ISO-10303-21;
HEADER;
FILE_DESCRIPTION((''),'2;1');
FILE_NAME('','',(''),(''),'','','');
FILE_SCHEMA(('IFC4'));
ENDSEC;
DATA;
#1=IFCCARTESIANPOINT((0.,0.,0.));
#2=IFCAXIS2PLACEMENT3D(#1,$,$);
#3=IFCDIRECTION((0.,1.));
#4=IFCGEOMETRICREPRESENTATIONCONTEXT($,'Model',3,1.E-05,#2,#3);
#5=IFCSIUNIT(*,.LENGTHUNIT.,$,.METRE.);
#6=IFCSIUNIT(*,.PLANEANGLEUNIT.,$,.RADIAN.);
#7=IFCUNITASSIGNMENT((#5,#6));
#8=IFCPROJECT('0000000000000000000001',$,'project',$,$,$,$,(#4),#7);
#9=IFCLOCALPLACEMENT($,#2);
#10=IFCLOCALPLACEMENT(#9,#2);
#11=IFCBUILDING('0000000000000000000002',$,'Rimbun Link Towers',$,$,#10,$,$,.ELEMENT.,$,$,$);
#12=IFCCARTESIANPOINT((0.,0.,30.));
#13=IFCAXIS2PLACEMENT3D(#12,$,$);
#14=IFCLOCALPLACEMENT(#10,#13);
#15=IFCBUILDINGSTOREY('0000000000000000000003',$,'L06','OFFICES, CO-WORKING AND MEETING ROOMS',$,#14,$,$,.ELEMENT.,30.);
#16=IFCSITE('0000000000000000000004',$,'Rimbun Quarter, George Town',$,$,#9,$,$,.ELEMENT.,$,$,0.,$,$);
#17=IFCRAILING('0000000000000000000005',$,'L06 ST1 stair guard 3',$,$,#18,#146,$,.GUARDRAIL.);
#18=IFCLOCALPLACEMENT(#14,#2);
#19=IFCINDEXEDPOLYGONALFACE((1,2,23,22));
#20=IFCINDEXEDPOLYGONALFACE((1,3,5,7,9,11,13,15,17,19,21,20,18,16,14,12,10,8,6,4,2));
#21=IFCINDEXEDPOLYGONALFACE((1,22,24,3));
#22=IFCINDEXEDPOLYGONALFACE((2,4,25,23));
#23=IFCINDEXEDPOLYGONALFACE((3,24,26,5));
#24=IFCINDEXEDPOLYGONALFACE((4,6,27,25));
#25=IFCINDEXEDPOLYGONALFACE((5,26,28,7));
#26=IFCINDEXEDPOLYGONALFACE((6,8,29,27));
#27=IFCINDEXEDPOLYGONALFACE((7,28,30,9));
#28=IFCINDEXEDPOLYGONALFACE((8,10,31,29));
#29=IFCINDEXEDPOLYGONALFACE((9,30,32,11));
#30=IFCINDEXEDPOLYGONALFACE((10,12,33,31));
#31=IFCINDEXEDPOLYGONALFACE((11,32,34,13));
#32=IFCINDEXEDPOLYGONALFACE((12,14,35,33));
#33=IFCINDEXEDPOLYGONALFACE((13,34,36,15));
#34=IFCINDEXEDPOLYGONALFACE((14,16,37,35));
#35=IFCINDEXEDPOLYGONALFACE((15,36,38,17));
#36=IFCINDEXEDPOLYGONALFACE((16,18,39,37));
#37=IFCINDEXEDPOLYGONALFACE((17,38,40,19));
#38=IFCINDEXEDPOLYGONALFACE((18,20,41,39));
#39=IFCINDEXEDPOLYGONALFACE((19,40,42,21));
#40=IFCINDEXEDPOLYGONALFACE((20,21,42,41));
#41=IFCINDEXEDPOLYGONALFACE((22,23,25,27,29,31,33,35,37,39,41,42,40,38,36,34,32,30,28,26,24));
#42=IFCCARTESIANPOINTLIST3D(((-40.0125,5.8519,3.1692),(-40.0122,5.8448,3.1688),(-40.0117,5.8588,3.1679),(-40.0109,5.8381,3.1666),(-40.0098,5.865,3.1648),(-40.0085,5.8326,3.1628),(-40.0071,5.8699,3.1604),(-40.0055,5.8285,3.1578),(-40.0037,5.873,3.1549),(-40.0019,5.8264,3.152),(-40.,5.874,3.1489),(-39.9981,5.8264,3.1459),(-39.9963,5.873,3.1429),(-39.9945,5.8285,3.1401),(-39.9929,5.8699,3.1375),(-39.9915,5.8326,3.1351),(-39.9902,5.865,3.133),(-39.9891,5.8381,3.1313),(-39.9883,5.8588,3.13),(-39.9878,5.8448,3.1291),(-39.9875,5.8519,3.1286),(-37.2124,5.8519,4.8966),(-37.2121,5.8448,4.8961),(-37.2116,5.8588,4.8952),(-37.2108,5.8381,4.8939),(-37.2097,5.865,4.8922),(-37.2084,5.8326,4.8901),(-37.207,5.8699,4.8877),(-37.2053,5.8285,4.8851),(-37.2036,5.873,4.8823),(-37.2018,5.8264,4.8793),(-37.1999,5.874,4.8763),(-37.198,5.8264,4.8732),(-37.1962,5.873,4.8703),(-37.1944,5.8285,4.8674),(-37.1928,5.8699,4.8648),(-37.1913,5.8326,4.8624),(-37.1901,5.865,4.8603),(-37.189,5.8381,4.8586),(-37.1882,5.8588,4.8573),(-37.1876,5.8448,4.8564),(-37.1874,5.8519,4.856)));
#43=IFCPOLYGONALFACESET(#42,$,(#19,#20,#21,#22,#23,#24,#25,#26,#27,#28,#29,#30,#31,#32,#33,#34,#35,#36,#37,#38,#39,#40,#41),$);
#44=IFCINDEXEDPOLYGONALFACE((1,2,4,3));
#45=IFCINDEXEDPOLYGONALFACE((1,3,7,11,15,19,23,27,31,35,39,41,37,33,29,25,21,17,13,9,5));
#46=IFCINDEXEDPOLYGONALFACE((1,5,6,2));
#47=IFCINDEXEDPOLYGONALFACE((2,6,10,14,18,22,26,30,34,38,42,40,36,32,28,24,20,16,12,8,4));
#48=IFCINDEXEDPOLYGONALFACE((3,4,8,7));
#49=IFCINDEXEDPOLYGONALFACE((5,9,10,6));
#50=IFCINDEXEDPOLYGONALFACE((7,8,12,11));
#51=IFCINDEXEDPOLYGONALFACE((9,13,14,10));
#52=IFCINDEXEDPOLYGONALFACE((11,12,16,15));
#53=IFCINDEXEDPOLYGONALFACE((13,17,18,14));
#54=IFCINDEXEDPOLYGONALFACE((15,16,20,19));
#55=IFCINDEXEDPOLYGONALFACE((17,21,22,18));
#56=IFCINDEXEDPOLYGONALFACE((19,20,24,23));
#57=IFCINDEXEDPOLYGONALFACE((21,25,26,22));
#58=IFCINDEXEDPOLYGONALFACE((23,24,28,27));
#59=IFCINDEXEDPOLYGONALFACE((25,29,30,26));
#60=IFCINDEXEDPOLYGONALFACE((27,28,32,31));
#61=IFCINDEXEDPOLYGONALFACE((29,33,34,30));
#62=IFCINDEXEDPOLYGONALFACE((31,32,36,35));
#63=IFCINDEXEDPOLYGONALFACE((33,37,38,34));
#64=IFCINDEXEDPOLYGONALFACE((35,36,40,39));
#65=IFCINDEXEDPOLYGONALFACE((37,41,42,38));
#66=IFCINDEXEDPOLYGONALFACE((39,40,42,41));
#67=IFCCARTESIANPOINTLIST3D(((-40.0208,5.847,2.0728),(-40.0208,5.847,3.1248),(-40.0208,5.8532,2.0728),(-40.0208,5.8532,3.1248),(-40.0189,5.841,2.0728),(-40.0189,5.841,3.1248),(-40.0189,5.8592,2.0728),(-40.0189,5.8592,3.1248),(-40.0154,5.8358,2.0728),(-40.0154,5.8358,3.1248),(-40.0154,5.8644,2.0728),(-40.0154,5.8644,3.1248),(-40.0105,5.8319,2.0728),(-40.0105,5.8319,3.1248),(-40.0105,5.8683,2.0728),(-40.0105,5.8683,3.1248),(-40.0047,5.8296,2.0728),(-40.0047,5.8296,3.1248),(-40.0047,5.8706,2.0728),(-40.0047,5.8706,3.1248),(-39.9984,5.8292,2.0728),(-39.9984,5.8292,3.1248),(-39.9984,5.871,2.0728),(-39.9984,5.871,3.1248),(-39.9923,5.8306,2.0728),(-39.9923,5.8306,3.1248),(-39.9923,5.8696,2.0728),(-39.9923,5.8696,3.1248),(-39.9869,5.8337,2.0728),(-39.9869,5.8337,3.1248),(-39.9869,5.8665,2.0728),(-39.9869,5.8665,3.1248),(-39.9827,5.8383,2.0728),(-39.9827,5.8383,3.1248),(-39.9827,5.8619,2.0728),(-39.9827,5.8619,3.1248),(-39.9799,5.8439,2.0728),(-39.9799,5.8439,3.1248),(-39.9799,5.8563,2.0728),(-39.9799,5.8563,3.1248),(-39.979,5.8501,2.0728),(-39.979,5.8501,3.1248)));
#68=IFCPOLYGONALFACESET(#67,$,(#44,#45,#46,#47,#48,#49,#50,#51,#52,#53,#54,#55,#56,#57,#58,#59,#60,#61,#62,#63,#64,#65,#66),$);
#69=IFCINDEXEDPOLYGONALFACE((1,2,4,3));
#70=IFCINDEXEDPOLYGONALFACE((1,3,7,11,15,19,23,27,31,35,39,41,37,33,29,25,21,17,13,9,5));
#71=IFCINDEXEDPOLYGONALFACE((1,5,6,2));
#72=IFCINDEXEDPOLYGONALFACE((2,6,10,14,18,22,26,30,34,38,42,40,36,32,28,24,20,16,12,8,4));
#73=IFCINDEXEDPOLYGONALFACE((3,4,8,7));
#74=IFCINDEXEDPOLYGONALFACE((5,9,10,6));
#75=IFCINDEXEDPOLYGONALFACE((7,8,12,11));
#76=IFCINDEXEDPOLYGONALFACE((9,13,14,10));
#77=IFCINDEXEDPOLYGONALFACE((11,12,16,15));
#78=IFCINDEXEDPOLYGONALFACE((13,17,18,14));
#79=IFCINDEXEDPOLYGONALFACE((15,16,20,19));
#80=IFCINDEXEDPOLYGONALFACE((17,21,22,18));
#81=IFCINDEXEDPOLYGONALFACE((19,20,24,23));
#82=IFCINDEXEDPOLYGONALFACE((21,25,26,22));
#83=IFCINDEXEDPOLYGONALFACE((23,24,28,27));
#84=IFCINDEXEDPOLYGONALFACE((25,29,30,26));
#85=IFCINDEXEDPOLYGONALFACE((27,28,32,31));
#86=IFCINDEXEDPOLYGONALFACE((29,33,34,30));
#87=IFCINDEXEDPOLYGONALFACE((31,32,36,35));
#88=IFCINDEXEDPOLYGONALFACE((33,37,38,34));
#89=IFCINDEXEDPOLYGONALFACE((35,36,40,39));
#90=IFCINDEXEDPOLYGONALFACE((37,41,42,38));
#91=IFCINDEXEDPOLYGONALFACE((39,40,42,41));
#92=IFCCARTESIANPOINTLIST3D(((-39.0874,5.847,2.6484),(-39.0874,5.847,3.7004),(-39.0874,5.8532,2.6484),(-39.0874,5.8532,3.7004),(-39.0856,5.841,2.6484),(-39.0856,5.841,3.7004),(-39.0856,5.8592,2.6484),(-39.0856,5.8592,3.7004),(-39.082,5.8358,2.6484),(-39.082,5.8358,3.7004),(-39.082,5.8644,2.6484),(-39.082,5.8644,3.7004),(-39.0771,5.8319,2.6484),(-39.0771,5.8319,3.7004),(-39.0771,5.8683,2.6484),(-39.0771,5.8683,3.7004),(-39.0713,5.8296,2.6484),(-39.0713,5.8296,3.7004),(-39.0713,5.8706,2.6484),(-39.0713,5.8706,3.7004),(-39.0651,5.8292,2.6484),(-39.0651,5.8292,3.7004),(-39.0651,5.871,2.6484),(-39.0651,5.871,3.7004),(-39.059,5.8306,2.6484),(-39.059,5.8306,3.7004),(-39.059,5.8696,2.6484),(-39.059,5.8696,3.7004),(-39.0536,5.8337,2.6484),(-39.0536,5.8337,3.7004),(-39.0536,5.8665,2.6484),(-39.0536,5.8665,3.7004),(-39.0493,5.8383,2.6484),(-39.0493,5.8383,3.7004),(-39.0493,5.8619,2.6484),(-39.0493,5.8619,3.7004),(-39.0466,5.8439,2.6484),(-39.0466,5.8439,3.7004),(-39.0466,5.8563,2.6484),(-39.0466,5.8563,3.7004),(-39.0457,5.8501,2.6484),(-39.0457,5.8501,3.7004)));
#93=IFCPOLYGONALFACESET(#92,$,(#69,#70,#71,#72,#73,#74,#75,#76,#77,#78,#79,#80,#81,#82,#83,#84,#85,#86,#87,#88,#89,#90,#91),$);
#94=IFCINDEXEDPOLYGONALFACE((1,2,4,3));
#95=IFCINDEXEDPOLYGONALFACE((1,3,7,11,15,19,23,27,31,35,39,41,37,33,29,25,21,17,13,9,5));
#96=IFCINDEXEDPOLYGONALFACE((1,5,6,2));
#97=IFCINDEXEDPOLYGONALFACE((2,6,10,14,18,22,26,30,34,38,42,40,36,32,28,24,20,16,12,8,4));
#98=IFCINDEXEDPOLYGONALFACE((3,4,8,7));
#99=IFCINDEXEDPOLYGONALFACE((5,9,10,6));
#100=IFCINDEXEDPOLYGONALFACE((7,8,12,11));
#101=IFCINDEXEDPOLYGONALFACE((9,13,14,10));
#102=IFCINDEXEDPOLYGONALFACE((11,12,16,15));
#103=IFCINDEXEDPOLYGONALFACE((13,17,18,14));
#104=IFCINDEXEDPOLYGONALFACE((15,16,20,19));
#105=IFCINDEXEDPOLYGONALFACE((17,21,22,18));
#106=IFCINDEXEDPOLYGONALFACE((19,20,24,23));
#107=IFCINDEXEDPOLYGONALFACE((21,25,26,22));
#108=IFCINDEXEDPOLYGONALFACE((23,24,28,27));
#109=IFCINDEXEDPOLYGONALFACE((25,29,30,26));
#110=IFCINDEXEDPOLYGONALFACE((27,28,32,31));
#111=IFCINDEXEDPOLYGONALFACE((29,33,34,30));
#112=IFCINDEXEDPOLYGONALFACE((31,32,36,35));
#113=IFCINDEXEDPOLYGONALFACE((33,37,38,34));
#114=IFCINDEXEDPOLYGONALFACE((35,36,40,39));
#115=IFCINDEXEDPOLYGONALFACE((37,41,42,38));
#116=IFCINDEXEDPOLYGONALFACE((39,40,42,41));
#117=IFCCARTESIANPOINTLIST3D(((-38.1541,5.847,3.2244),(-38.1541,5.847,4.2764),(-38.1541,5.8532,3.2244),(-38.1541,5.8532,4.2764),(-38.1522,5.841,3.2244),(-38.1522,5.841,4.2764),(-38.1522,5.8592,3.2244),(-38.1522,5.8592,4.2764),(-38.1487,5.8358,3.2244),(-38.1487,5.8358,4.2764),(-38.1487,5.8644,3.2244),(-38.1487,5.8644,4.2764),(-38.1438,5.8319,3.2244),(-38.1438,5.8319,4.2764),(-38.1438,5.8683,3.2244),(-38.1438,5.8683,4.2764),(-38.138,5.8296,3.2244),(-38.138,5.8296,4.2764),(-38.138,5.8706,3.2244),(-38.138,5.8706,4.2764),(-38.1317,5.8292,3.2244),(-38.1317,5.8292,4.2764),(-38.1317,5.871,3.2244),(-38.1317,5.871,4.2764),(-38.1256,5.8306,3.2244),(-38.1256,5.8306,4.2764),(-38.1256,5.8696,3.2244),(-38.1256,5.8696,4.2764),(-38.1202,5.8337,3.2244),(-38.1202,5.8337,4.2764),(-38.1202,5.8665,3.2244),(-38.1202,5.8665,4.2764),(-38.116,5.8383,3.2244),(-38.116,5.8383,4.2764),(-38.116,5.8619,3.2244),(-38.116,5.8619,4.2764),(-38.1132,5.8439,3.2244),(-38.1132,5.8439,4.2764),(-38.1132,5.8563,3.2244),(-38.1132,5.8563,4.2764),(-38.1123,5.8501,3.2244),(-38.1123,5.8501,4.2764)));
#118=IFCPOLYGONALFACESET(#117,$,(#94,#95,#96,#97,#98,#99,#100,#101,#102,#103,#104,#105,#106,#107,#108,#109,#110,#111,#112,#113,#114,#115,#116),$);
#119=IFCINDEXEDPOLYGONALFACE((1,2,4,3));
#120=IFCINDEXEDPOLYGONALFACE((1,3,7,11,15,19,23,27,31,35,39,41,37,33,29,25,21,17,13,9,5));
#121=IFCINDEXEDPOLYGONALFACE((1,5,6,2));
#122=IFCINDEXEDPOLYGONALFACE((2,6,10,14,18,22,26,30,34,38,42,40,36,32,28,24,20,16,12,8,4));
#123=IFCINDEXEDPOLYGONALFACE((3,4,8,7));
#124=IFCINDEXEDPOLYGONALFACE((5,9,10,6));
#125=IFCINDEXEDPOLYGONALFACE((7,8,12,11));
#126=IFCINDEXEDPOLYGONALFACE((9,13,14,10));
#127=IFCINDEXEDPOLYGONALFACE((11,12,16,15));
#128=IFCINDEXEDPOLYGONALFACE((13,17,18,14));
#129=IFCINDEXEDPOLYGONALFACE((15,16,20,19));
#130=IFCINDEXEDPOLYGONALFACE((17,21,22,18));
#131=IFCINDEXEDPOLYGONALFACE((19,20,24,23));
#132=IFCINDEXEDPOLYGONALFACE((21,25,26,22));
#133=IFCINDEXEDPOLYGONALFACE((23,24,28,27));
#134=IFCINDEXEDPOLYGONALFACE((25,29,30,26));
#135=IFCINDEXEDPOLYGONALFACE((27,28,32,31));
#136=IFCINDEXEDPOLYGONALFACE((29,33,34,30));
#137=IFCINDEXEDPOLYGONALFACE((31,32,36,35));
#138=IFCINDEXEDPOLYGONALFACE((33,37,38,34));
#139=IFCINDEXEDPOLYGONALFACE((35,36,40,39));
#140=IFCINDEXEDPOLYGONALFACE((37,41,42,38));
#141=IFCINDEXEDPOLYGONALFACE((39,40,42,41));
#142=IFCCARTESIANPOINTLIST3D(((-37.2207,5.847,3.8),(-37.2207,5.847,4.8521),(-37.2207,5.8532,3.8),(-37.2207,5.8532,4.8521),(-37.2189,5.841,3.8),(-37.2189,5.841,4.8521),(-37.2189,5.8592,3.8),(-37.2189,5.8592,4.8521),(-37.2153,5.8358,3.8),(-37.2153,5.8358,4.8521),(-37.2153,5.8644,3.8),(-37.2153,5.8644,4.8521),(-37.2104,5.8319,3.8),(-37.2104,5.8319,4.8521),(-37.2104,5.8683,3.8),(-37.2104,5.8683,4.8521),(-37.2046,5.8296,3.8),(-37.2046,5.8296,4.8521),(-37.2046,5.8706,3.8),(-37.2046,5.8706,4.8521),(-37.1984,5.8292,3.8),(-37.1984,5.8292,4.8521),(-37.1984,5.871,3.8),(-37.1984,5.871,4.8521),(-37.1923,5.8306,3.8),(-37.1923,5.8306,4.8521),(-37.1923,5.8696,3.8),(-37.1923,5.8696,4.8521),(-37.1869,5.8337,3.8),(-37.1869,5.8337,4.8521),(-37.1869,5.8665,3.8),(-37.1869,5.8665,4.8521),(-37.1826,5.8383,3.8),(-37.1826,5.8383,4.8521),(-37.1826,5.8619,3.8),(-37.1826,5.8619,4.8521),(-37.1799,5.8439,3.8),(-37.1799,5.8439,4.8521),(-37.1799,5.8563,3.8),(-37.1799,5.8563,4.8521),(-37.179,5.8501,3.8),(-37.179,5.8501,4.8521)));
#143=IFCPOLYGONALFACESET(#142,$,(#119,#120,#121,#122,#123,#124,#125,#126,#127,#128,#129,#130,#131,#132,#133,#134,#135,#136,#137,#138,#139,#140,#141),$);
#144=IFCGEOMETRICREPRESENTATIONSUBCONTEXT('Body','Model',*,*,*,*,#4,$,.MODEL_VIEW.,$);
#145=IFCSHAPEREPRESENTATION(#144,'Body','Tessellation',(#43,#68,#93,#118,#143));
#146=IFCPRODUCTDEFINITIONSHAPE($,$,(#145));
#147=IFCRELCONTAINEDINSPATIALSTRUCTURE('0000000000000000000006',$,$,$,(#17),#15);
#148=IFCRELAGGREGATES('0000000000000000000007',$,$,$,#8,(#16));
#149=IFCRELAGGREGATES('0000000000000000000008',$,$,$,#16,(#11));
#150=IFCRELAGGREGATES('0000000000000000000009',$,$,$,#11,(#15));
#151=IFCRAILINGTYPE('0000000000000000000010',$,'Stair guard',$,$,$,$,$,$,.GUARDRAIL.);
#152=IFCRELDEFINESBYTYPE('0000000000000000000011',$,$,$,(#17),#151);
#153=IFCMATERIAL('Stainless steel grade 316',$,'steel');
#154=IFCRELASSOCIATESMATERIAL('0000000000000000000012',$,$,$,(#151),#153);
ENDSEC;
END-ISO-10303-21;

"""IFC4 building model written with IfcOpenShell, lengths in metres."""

from ifc_helpers import new_model, si_unit, direction, frame, origin, origin_2d, place, context, subcontext, project, spatial, circle, extrude, material, type_object, element, save


model = new_model("IFC4")

# Units and contexts
model_context = context("Model", 3, precision=1e-05, world=origin(), true_north=direction((0.0, 1.0)))
body_context = subcontext(model_context, "Body", "Model", "MODEL_VIEW")
ifc_project = project(units=[si_unit("LENGTHUNIT", "METRE"), si_unit("PLANEANGLEUNIT", "RADIAN")], contexts=[model_context])

# Site, building, storey
site_placement = place(None, origin())
site = spatial("IfcSite", under=ifc_project, at=site_placement, Name="Rimbun Quarter, George Town", CompositionType="ELEMENT", RefElevation=0.0)
building_placement = place(site_placement, origin())
building = spatial("IfcBuilding", under=site, at=building_placement, Name="Rimbun Link Towers", CompositionType="ELEMENT")
storey_placement = place(building_placement, frame((0.0, 0.0, 30.0)))
storey = spatial("IfcBuildingStorey", under=building, at=storey_placement, Name="L06", Description="OFFICES, CO-WORKING AND MEETING ROOMS", CompositionType="ELEMENT", Elevation=30.0)

# Railing
ifc_material_1 = material(Name="Stainless steel grade 316", Category="steel")
railing_type_1 = type_object("IfcRailingType", Name="Stair guard", PredefinedType="GUARDRAIL", material=ifc_material_1)
railing_1_placement = place(storey_placement, frame((-40.0, 5.8501, 2.0728)))
element("IfcRailing", 1, at=railing_1_placement, inside=storey, type_object=railing_type_1, Name="L06 ST1 stair guard 3", PredefinedType="GUARDRAIL", context=body_context, shape_type="SweptSolid", body=[
    extrude(circle(Radius=0.0239, at=origin_2d()), frame((0.0, 0.0, 1.0762), z_axis=(0.85109, 0.0, 0.52502), x_axis=(0.0, 1.0, 0.0)), (0.0, 0.0, 1.0), 3.29),
    extrude(circle(Radius=0.021, at=origin_2d()), origin(), (0.0, 0.0, 1.0), 1.052),
    extrude(circle(Radius=0.021, at=origin_2d()), frame((0.9333, 0.0, 0.5757)), (0.0, 0.0, 1.0), 1.052),
    extrude(circle(Radius=0.021, at=origin_2d()), frame((1.8667, 0.0, 1.1516)), (0.0, 0.0, 1.0), 1.052),
    extrude(circle(Radius=0.021, at=origin_2d()), frame((2.8, 0.0, 1.7273)), (0.0, 0.0, 1.0), 1.052),
])

save(model, "model.ifc")
